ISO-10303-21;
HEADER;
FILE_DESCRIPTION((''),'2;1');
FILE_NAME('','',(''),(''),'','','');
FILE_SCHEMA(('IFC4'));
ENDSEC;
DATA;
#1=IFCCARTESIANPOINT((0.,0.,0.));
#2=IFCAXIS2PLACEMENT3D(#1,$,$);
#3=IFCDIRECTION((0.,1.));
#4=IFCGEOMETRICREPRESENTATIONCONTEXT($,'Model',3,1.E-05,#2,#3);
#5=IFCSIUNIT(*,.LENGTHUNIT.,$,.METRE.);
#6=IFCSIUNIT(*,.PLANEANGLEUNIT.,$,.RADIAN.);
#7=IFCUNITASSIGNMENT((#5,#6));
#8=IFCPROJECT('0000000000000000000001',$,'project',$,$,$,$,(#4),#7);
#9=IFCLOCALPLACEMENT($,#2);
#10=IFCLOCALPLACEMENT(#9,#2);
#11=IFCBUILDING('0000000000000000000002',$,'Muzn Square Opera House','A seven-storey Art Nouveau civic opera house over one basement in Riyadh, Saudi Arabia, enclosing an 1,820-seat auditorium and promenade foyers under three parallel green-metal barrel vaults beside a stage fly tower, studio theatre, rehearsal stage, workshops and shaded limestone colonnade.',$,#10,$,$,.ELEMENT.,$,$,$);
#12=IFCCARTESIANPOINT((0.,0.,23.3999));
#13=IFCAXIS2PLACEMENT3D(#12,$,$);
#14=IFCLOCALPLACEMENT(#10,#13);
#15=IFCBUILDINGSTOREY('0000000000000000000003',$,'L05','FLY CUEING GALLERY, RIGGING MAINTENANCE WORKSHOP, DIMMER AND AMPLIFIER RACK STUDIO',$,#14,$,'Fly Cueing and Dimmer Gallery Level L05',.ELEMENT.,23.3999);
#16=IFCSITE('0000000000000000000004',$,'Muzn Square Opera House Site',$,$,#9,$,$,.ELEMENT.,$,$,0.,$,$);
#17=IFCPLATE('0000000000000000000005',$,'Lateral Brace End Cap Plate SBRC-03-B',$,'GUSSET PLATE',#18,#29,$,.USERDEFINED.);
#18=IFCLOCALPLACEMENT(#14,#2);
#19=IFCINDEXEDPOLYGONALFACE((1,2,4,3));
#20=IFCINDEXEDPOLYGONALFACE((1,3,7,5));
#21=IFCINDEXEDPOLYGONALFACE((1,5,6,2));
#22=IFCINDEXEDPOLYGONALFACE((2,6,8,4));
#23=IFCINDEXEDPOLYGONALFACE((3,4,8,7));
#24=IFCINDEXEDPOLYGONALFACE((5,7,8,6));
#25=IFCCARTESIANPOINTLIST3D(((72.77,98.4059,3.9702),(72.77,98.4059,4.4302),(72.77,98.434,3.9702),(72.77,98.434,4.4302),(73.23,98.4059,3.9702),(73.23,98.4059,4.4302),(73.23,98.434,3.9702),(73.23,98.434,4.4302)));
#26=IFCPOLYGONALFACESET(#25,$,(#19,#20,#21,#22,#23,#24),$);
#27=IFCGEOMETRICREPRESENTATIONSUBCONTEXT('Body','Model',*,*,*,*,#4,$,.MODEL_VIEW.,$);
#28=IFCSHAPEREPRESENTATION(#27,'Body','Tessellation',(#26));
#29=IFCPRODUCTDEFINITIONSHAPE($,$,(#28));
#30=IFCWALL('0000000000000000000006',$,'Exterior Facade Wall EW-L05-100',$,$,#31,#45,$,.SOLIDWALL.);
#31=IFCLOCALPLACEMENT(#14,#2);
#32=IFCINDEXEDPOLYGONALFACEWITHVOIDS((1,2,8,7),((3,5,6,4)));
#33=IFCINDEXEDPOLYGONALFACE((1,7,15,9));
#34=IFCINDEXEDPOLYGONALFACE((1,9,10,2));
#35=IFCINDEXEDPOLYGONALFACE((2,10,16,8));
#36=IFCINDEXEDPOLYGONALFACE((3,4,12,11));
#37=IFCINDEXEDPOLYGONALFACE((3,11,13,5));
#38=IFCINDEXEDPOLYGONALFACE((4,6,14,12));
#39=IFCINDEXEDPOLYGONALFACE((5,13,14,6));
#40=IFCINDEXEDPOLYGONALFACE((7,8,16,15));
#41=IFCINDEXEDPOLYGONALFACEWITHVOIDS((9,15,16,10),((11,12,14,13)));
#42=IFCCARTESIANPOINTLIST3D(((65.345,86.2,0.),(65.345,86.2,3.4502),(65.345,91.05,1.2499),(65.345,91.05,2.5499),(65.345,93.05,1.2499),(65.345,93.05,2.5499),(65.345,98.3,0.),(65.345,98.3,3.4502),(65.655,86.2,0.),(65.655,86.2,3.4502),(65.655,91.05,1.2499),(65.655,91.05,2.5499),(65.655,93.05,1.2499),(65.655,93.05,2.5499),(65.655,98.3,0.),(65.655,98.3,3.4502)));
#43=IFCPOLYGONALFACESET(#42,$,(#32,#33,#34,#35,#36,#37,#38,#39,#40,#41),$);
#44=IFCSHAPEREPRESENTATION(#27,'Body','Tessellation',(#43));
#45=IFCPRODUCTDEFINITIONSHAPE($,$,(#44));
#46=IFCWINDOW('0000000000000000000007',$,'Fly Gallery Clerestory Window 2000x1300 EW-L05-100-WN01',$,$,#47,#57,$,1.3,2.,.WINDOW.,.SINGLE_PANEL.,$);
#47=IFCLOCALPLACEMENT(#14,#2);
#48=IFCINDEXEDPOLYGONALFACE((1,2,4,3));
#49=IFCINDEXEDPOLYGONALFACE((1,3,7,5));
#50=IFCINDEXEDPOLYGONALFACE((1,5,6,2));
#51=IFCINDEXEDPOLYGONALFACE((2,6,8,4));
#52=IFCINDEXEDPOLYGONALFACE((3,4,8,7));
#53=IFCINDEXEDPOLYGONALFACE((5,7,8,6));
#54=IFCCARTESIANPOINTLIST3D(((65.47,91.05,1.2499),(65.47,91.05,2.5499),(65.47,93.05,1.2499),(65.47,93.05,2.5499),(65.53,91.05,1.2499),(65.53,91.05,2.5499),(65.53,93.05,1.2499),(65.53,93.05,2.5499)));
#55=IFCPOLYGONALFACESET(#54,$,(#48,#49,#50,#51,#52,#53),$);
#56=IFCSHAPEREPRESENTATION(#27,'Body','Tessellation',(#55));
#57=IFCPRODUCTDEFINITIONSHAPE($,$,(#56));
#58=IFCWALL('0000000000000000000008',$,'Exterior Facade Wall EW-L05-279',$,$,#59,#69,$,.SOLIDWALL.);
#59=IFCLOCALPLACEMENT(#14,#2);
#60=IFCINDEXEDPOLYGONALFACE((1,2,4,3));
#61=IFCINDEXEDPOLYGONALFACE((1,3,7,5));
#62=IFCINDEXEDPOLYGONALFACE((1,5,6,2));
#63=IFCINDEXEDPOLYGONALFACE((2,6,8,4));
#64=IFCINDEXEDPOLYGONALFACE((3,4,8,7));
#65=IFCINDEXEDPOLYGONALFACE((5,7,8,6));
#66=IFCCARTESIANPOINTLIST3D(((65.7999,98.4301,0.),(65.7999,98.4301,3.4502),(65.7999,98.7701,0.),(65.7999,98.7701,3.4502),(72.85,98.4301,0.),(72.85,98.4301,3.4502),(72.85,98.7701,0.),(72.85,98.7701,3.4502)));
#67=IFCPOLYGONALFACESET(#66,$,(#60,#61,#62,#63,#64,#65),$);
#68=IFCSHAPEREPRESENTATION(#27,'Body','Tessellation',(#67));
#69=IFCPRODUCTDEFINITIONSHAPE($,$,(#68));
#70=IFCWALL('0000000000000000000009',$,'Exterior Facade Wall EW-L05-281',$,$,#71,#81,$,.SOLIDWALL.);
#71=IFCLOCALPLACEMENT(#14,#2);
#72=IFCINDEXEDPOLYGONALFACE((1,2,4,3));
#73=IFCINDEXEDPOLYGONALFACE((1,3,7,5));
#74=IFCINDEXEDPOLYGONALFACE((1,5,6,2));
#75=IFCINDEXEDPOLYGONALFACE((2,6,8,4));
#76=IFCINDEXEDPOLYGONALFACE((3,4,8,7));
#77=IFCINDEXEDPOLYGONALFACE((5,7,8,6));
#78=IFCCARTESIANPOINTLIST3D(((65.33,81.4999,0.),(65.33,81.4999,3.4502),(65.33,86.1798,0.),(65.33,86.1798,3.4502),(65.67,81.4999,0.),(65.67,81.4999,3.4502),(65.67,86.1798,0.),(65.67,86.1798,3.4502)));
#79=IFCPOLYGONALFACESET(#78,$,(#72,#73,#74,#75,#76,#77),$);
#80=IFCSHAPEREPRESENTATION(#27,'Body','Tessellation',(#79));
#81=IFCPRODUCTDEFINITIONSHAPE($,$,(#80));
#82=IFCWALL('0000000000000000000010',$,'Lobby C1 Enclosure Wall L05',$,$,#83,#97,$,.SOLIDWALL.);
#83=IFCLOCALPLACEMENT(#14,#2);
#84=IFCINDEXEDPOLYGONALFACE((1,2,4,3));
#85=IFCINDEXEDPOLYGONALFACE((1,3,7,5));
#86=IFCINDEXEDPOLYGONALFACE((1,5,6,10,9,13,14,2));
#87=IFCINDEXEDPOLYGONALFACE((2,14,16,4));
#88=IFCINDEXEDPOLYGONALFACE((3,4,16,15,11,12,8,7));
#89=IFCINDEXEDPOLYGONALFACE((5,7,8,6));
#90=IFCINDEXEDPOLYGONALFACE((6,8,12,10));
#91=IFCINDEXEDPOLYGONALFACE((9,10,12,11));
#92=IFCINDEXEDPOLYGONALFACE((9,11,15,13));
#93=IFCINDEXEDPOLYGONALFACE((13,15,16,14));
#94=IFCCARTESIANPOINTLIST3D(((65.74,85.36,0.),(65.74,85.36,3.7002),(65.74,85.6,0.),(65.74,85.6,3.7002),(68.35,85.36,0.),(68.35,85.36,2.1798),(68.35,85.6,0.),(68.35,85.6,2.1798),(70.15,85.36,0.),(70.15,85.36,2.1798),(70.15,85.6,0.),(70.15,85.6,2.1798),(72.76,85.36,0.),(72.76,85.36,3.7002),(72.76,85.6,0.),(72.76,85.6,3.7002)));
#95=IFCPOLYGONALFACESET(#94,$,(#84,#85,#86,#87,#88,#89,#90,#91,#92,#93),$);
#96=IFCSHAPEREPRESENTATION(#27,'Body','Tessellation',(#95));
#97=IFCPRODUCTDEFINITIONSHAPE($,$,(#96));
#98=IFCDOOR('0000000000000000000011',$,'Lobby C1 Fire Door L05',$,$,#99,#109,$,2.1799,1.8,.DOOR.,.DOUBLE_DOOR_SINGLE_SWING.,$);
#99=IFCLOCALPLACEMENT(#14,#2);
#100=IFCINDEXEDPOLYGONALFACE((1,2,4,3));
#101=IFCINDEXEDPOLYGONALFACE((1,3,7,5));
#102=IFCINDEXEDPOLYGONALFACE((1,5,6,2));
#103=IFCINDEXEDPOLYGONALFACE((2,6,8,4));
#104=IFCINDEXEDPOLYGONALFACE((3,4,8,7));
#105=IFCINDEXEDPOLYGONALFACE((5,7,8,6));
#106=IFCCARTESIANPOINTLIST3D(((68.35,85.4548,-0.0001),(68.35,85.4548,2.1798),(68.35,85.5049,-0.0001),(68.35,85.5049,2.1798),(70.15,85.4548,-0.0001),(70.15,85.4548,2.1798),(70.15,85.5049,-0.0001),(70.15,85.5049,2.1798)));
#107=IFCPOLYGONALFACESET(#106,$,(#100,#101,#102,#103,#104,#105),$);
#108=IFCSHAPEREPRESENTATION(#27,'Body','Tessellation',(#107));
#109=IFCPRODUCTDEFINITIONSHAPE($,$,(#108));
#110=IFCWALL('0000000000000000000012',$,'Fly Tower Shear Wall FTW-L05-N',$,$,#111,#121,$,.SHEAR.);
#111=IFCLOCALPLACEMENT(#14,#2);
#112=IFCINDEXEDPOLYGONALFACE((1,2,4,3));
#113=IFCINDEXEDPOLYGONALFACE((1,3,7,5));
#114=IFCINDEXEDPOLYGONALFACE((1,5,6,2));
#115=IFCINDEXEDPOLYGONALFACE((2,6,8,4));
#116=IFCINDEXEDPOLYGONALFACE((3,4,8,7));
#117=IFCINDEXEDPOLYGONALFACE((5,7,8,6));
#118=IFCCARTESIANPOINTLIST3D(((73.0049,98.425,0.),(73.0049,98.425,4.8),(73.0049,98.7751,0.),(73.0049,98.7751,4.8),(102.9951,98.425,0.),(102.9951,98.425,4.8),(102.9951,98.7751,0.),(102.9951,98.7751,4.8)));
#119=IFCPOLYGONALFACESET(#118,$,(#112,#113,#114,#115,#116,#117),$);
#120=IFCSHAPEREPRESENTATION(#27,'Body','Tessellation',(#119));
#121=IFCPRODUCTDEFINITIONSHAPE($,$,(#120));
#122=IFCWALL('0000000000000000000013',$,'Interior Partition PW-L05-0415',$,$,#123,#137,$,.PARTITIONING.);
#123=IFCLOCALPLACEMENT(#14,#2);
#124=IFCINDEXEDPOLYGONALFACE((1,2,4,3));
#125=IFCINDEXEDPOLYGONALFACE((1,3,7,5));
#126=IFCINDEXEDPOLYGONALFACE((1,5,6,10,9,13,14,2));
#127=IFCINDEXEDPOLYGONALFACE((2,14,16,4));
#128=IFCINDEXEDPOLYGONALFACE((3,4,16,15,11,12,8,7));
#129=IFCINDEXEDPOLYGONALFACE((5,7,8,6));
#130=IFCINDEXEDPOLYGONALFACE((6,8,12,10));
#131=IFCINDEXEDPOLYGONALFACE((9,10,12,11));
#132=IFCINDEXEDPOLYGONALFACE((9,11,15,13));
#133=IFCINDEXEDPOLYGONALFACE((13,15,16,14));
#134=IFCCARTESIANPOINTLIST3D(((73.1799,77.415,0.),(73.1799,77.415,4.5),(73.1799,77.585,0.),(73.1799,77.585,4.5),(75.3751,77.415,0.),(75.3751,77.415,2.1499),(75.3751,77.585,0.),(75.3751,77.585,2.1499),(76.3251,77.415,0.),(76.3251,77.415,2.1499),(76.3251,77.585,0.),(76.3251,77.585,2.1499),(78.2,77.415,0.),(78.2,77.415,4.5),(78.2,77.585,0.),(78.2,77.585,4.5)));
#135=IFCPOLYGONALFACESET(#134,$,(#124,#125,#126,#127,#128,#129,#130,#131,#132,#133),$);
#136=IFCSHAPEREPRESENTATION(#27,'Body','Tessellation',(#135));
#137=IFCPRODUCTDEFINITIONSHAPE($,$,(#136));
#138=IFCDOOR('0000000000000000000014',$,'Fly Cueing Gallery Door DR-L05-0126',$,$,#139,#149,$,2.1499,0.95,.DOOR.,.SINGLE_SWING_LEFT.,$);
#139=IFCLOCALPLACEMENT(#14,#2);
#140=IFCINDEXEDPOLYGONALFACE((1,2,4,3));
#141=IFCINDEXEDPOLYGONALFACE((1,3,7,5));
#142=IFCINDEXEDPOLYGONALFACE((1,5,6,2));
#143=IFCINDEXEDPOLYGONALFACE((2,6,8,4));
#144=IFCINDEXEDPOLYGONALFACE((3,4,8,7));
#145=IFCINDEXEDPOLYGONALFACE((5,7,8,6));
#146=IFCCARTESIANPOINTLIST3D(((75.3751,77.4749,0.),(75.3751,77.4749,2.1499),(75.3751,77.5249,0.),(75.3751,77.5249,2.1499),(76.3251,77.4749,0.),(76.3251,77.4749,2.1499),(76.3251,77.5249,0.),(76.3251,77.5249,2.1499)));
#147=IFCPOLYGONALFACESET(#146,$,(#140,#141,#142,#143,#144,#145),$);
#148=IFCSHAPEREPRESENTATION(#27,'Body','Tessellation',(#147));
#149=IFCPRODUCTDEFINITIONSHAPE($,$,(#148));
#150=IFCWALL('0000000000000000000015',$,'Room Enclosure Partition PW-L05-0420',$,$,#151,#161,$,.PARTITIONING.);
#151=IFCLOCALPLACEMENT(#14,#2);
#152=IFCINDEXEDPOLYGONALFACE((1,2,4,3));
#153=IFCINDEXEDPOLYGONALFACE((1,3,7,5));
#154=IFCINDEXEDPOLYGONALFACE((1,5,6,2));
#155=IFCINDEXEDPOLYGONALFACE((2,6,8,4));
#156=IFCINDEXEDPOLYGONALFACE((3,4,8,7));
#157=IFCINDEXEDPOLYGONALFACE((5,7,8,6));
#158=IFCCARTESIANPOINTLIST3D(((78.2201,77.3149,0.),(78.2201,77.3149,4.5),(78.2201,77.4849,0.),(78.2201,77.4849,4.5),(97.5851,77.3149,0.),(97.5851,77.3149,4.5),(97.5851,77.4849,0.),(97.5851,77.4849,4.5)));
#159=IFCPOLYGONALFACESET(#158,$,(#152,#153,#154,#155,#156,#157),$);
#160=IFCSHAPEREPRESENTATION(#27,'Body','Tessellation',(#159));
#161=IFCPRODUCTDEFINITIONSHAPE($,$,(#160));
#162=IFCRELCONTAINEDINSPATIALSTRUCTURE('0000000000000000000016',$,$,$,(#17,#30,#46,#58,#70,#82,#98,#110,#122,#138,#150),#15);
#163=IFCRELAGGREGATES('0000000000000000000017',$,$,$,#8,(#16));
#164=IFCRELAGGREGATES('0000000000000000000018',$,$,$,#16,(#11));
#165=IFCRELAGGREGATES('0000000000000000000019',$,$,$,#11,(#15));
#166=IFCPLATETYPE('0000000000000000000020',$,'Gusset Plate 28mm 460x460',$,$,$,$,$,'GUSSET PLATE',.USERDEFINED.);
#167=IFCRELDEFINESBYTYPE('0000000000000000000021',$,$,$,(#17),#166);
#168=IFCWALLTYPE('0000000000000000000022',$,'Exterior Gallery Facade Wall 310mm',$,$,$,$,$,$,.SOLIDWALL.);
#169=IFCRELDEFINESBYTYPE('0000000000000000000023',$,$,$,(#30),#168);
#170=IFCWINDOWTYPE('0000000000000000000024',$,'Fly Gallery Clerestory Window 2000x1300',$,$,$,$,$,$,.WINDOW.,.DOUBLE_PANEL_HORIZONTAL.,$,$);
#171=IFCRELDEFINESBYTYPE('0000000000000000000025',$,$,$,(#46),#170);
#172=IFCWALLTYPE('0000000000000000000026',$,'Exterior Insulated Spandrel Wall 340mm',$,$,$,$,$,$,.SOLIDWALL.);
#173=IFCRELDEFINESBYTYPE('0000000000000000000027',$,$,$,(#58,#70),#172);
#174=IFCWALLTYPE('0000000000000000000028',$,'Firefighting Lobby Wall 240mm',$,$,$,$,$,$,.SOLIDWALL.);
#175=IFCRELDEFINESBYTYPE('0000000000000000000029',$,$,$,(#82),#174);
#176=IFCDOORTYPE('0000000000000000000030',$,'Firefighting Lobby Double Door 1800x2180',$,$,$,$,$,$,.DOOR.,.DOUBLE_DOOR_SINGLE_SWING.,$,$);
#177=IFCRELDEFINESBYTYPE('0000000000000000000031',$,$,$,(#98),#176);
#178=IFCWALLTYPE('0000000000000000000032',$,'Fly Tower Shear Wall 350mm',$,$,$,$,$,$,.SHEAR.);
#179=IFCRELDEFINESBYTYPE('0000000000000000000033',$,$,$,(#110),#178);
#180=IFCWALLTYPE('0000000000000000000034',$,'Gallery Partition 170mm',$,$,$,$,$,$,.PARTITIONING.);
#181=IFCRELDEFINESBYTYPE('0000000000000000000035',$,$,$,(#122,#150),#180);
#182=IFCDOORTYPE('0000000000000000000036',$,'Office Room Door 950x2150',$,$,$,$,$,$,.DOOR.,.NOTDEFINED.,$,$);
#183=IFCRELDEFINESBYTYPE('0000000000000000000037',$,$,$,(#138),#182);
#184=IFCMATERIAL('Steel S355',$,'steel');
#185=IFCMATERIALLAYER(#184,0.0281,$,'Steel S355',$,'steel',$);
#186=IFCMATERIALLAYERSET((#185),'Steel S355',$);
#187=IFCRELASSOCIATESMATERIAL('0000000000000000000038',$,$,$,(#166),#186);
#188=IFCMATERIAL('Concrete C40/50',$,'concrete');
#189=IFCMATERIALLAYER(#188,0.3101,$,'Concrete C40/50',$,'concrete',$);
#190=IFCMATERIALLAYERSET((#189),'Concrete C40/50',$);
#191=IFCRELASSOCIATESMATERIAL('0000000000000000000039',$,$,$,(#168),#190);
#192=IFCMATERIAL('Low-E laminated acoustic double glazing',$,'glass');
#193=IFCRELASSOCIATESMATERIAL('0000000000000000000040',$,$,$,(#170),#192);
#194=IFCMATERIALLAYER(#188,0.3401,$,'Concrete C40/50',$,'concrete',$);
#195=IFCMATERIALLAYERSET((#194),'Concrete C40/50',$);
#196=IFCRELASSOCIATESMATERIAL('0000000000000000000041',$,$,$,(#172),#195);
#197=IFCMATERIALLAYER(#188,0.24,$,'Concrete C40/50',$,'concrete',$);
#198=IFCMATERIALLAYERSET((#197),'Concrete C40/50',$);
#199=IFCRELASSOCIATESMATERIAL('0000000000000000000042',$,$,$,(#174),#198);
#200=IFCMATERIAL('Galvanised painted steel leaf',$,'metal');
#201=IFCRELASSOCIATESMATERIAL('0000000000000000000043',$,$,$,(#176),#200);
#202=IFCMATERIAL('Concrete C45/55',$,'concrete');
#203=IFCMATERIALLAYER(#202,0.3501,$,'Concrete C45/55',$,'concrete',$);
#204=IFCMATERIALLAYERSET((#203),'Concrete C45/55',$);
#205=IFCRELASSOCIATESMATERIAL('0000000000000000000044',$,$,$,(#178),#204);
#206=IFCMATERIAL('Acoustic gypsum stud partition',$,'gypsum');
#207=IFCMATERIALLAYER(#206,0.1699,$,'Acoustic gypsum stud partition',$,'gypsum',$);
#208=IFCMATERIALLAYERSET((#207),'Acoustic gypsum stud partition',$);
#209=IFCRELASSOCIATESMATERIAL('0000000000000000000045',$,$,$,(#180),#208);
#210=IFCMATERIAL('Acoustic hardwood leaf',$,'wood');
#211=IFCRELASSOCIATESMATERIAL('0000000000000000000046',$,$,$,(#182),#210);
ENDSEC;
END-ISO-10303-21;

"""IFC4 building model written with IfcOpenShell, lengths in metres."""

from ifc_helpers import new_model, si_unit, direction, frame, frame_2d, origin, origin_2d, place, context, subcontext, project, spatial, rectangle, extrude, material, layer, layer_set, type_object, element, fill, save


model = new_model("IFC4")

# Units and contexts
model_context = context("Model", 3, precision=1e-05, world=origin(), true_north=direction((0.0, 1.0)))
body_context = subcontext(model_context, "Body", "Model", "MODEL_VIEW")
ifc_project = project(units=[si_unit("LENGTHUNIT", "METRE"), si_unit("PLANEANGLEUNIT", "RADIAN")], contexts=[model_context])

# Site, building, storey
site_placement = place(None, origin())
site = spatial("IfcSite", under=ifc_project, at=site_placement, Name="Muzn Square Opera House Site", CompositionType="ELEMENT", RefElevation=0.0)
building_placement = place(site_placement, origin())
building = spatial("IfcBuilding", under=site, at=building_placement, Name="Muzn Square Opera House", Description="A seven-storey Art Nouveau civic opera house over one basement in Riyadh, Saudi Arabia, enclosing an 1,820-seat auditorium and promenade foyers under three parallel green-metal barrel vaults beside a stage fly tower, studio theatre, rehearsal stage, workshops and shaded limestone colonnade.", CompositionType="ELEMENT")
storey_placement = place(building_placement, frame((0.0, 0.0, 23.3999)))
storey = spatial("IfcBuildingStorey", under=building, at=storey_placement, Name="L05", Description="FLY CUEING GALLERY, RIGGING MAINTENANCE WORKSHOP, DIMMER AND AMPLIFIER RACK STUDIO", LongName="Fly Cueing and Dimmer Gallery Level L05", CompositionType="ELEMENT", Elevation=23.3999)

# Shared definitions
ifc_material_1 = material(Name="Concrete C45/55", Category="concrete")
ifc_material_2 = material(Name="Steel S355", Category="steel")

# Shared definitions
ifc_material_3 = material(Name="Concrete C40/50", Category="concrete")

# Plate
ifc_layer_1 = layer(ifc_material_2, 0.0281, Name="Steel S355", Category="steel")
ifc_layer_set_1 = layer_set([ifc_layer_1], Name="Steel S355")
plate_type = type_object("IfcPlateType", Name="Gusset Plate 28mm 460x460", ElementType="GUSSET PLATE", PredefinedType="USERDEFINED", material=ifc_layer_set_1)
for number, where, z_axis, x_axis, name in (
    (1, (73.0, 98.4199, 3.9702), (0.0, 0.0, 1.0), (1.0, 0.0, 0.0), "Lateral Brace End Cap Plate SBRC-03-B"),
):
    element("IfcPlate", number, at=place(storey_placement, frame(where, z_axis=z_axis, x_axis=x_axis)), inside=storey, type_object=plate_type, Name=name, ObjectType="GUSSET PLATE", PredefinedType="USERDEFINED", context=body_context, shape_type="SweptSolid", body=[
        extrude(rectangle(XDim=0.46, YDim=0.0281, at=origin_2d()), origin(), (0.0, 0.0, 1.0), 0.46),
    ])

# Shared definitions
ifc_material_4 = material(Name="Acoustic gypsum stud partition", Category="gypsum")
ifc_material_5 = material(Name="Acoustic hardwood leaf", Category="wood")

# Shared definitions
ifc_material_6 = material(Name="Galvanised painted steel leaf", Category="metal")

# Wall, opening, window
ifc_layer_2 = layer(ifc_material_3, 0.3101, Name="Concrete C40/50", Category="concrete")
ifc_layer_set_2 = layer_set([ifc_layer_2], Name="Concrete C40/50")
wall_type_1 = type_object("IfcWallType", Name="Exterior Gallery Facade Wall 310mm", PredefinedType="SOLIDWALL", material=ifc_layer_set_2)
wall_1_placement = place(storey_placement, frame((65.5, 86.2, 0.0), z_axis=(0.0, 0.0, 1.0), x_axis=(0.0, 1.0, 0.0)))
wall_1 = element("IfcWall", 2, at=wall_1_placement, inside=storey, type_object=wall_type_1, Name="Exterior Facade Wall EW-L05-100", PredefinedType="SOLIDWALL", context=body_context, shape_type="SweptSolid", body=[
    extrude(rectangle(XDim=12.1001, YDim=0.3101, at=frame_2d((6.05, 0.0))), origin(), (0.0, 0.0, 1.0), 3.4502),
])
opening_1_placement = place(wall_1_placement, frame((4.8501, 0.0, 1.25)))
opening_1 = element("IfcOpeningElement", 3, at=opening_1_placement, cuts=wall_1, PredefinedType="OPENING", context=body_context, shape_type="SweptSolid", body=[
    extrude(rectangle(XDim=2.0, YDim=1.3, at=frame_2d((1.0, 0.6499))), frame((0.0, 0.165, 0.0), z_axis=(0.0, -1.0, 0.0), x_axis=(1.0, 0.0, 0.0)), (0.0, 0.0, 1.0), 0.3301),
])
ifc_material_7 = material(Name="Low-E laminated acoustic double glazing", Category="glass")
window_type = type_object("IfcWindowType", Name="Fly Gallery Clerestory Window 2000x1300", PartitioningType="DOUBLE_PANEL_HORIZONTAL", PredefinedType="WINDOW", material=ifc_material_7)
window_placement = place(opening_1_placement, origin())
window = element("IfcWindow", 4, at=window_placement, inside=storey, type_object=window_type, Name="Fly Gallery Clerestory Window 2000x1300 EW-L05-100-WN01", OverallHeight=1.3, OverallWidth=2.0, PartitioningType="SINGLE_PANEL", PredefinedType="WINDOW", context=body_context, shape_type="SweptSolid", body=[
    extrude(rectangle(XDim=2.0, YDim=1.3, at=frame_2d((1.0, 0.6499))), frame((0.0, 0.03, 0.0), z_axis=(0.0, -1.0, 0.0), x_axis=(1.0, 0.0, 0.0)), (0.0, 0.0, 1.0), 0.0601),
])
fill(opening_1, window)

# Walls
ifc_layer_3 = layer(ifc_material_3, 0.3401, Name="Concrete C40/50", Category="concrete")
ifc_layer_set_3 = layer_set([ifc_layer_3], Name="Concrete C40/50")
wall_type_2 = type_object("IfcWallType", Name="Exterior Insulated Spandrel Wall 340mm", PredefinedType="SOLIDWALL", material=ifc_layer_set_3)
wall_2_placement = place(storey_placement, frame((65.8, 98.6001, 0.0), z_axis=(0.0, 0.0, 1.0), x_axis=(1.0, 0.0, 0.0)))
element("IfcWall", 5, at=wall_2_placement, inside=storey, type_object=wall_type_2, Name="Exterior Facade Wall EW-L05-279", PredefinedType="SOLIDWALL", context=body_context, shape_type="SweptSolid", body=[
    extrude(rectangle(XDim=7.05, YDim=0.3401, at=frame_2d((3.5249, 0.0))), origin(), (0.0, 0.0, 1.0), 3.4502),
])
wall_3_placement = place(storey_placement, frame((65.5, 81.5, 0.0), z_axis=(0.0, 0.0, 1.0), x_axis=(0.0, 1.0, 0.0)))
element("IfcWall", 6, at=wall_3_placement, inside=storey, type_object=wall_type_2, Name="Exterior Facade Wall EW-L05-281", PredefinedType="SOLIDWALL", context=body_context, shape_type="SweptSolid", body=[
    extrude(rectangle(XDim=4.6799, YDim=0.3401, at=frame_2d((2.3398, 0.0))), origin(), (0.0, 0.0, 1.0), 3.4502),
])

# Wall, opening, door
ifc_layer_4 = layer(ifc_material_3, 0.24, Name="Concrete C40/50", Category="concrete")
ifc_layer_set_4 = layer_set([ifc_layer_4], Name="Concrete C40/50")
wall_type_3 = type_object("IfcWallType", Name="Firefighting Lobby Wall 240mm", PredefinedType="SOLIDWALL", material=ifc_layer_set_4)
wall_4_placement = place(storey_placement, frame((65.74, 85.48, 0.0), z_axis=(0.0, 0.0, 1.0), x_axis=(1.0, 0.0, 0.0)))
wall_4 = element("IfcWall", 7, at=wall_4_placement, inside=storey, type_object=wall_type_3, Name="Lobby C1 Enclosure Wall L05", PredefinedType="SOLIDWALL", context=body_context, shape_type="SweptSolid", body=[
    extrude(rectangle(XDim=7.02, YDim=0.24, at=frame_2d((3.51, 0.0))), origin(), (0.0, 0.0, 1.0), 3.7002),
])
opening_2_placement = place(wall_4_placement, frame((2.6101, 0.0, 0.0)))
opening_2 = element("IfcOpeningElement", 8, at=opening_2_placement, cuts=wall_4, PredefinedType="OPENING", context=body_context, shape_type="SweptSolid", body=[
    extrude(rectangle(XDim=1.8, YDim=2.1799, at=frame_2d((0.8999, 1.0898))), frame((0.0, 0.1299, 0.0), z_axis=(0.0, -1.0, 0.0), x_axis=(1.0, 0.0, 0.0)), (0.0, 0.0, 1.0), 0.26),
])
door_type_1 = type_object("IfcDoorType", Name="Firefighting Lobby Double Door 1800x2180", OperationType="DOUBLE_DOOR_SINGLE_SWING", PredefinedType="DOOR", material=ifc_material_6)
door_1_placement = place(opening_2_placement, origin())
door_1 = element("IfcDoor", 9, at=door_1_placement, inside=storey, type_object=door_type_1, Name="Lobby C1 Fire Door L05", OperationType="DOUBLE_DOOR_SINGLE_SWING", OverallHeight=2.1799, OverallWidth=1.8, PredefinedType="DOOR", context=body_context, shape_type="SweptSolid", body=[
    extrude(rectangle(XDim=1.8, YDim=2.1799, at=frame_2d((0.8999, 1.0898))), frame((0.0, 0.0249, 0.0), z_axis=(0.0, -1.0, 0.0), x_axis=(1.0, 0.0, 0.0)), (0.0, 0.0, 1.0), 0.05),
])
fill(opening_2, door_1)

# Wall
ifc_layer_5 = layer(ifc_material_1, 0.3501, Name="Concrete C45/55", Category="concrete")
ifc_layer_set_5 = layer_set([ifc_layer_5], Name="Concrete C45/55")
wall_type_4 = type_object("IfcWallType", Name="Fly Tower Shear Wall 350mm", PredefinedType="SHEAR", material=ifc_layer_set_5)
wall_5_placement = place(storey_placement, frame((73.0049, 98.6001, 0.0), z_axis=(0.0, 0.0, 1.0), x_axis=(1.0, 0.0, 0.0)))
element("IfcWall", 10, at=wall_5_placement, inside=storey, type_object=wall_type_4, Name="Fly Tower Shear Wall FTW-L05-N", PredefinedType="SHEAR", context=body_context, shape_type="SweptSolid", body=[
    extrude(rectangle(XDim=29.9902, YDim=0.3501, at=frame_2d((14.9951, 0.0))), origin(), (0.0, 0.0, 1.0), 4.8),
])

# Wall, opening, door
ifc_layer_6 = layer(ifc_material_4, 0.1699, Name="Acoustic gypsum stud partition", Category="gypsum")
ifc_layer_set_6 = layer_set([ifc_layer_6], Name="Acoustic gypsum stud partition")
wall_type_5 = type_object("IfcWallType", Name="Gallery Partition 170mm", PredefinedType="PARTITIONING", material=ifc_layer_set_6)
wall_6_placement = place(storey_placement, frame((73.1799, 77.5, 0.0), z_axis=(0.0, 0.0, 1.0), x_axis=(1.0, 0.0, 0.0)))
wall_6 = element("IfcWall", 11, at=wall_6_placement, inside=storey, type_object=wall_type_5, Name="Interior Partition PW-L05-0415", PredefinedType="PARTITIONING", context=body_context, shape_type="SweptSolid", body=[
    extrude(rectangle(XDim=5.02, YDim=0.1699, at=frame_2d((2.51, 0.0))), origin(), (0.0, 0.0, 1.0), 4.5),
])
opening_3_placement = place(wall_6_placement, frame((2.1951, 0.0, 0.0)))
opening_3 = element("IfcOpeningElement", 12, at=opening_3_placement, cuts=wall_6, PredefinedType="OPENING", context=body_context, shape_type="SweptSolid", body=[
    extrude(rectangle(XDim=0.95, YDim=2.1499, at=frame_2d((0.4751, 1.075))), frame((0.0, 0.095, 0.0), z_axis=(0.0, -1.0, 0.0), x_axis=(1.0, 0.0, 0.0)), (0.0, 0.0, 1.0), 0.1899),
])
door_type_2 = type_object("IfcDoorType", Name="Office Room Door 950x2150", OperationType="NOTDEFINED", PredefinedType="DOOR", material=ifc_material_5)
door_2_placement = place(opening_3_placement, origin())
door_2 = element("IfcDoor", 13, at=door_2_placement, inside=storey, type_object=door_type_2, Name="Fly Cueing Gallery Door DR-L05-0126", OperationType="SINGLE_SWING_LEFT", OverallHeight=2.1499, OverallWidth=0.95, PredefinedType="DOOR", context=body_context, shape_type="SweptSolid", body=[
    extrude(rectangle(XDim=0.95, YDim=2.1499, at=frame_2d((0.4751, 1.075))), frame((0.0, 0.0249, 0.0), z_axis=(0.0, -1.0, 0.0), x_axis=(1.0, 0.0, 0.0)), (0.0, 0.0, 1.0), 0.05),
])
fill(opening_3, door_2)

# Wall
wall_7_placement = place(storey_placement, frame((78.22, 77.3999, 0.0), z_axis=(0.0, 0.0, 1.0), x_axis=(1.0, 0.0, 0.0)))
element("IfcWall", 14, at=wall_7_placement, inside=storey, type_object=wall_type_5, Name="Room Enclosure Partition PW-L05-0420", PredefinedType="PARTITIONING", context=body_context, shape_type="SweptSolid", body=[
    extrude(rectangle(XDim=19.365, YDim=0.1699, at=frame_2d((9.6826, 0.0))), origin(), (0.0, 0.0, 1.0), 4.5),
])

save(model, "model.ifc")
